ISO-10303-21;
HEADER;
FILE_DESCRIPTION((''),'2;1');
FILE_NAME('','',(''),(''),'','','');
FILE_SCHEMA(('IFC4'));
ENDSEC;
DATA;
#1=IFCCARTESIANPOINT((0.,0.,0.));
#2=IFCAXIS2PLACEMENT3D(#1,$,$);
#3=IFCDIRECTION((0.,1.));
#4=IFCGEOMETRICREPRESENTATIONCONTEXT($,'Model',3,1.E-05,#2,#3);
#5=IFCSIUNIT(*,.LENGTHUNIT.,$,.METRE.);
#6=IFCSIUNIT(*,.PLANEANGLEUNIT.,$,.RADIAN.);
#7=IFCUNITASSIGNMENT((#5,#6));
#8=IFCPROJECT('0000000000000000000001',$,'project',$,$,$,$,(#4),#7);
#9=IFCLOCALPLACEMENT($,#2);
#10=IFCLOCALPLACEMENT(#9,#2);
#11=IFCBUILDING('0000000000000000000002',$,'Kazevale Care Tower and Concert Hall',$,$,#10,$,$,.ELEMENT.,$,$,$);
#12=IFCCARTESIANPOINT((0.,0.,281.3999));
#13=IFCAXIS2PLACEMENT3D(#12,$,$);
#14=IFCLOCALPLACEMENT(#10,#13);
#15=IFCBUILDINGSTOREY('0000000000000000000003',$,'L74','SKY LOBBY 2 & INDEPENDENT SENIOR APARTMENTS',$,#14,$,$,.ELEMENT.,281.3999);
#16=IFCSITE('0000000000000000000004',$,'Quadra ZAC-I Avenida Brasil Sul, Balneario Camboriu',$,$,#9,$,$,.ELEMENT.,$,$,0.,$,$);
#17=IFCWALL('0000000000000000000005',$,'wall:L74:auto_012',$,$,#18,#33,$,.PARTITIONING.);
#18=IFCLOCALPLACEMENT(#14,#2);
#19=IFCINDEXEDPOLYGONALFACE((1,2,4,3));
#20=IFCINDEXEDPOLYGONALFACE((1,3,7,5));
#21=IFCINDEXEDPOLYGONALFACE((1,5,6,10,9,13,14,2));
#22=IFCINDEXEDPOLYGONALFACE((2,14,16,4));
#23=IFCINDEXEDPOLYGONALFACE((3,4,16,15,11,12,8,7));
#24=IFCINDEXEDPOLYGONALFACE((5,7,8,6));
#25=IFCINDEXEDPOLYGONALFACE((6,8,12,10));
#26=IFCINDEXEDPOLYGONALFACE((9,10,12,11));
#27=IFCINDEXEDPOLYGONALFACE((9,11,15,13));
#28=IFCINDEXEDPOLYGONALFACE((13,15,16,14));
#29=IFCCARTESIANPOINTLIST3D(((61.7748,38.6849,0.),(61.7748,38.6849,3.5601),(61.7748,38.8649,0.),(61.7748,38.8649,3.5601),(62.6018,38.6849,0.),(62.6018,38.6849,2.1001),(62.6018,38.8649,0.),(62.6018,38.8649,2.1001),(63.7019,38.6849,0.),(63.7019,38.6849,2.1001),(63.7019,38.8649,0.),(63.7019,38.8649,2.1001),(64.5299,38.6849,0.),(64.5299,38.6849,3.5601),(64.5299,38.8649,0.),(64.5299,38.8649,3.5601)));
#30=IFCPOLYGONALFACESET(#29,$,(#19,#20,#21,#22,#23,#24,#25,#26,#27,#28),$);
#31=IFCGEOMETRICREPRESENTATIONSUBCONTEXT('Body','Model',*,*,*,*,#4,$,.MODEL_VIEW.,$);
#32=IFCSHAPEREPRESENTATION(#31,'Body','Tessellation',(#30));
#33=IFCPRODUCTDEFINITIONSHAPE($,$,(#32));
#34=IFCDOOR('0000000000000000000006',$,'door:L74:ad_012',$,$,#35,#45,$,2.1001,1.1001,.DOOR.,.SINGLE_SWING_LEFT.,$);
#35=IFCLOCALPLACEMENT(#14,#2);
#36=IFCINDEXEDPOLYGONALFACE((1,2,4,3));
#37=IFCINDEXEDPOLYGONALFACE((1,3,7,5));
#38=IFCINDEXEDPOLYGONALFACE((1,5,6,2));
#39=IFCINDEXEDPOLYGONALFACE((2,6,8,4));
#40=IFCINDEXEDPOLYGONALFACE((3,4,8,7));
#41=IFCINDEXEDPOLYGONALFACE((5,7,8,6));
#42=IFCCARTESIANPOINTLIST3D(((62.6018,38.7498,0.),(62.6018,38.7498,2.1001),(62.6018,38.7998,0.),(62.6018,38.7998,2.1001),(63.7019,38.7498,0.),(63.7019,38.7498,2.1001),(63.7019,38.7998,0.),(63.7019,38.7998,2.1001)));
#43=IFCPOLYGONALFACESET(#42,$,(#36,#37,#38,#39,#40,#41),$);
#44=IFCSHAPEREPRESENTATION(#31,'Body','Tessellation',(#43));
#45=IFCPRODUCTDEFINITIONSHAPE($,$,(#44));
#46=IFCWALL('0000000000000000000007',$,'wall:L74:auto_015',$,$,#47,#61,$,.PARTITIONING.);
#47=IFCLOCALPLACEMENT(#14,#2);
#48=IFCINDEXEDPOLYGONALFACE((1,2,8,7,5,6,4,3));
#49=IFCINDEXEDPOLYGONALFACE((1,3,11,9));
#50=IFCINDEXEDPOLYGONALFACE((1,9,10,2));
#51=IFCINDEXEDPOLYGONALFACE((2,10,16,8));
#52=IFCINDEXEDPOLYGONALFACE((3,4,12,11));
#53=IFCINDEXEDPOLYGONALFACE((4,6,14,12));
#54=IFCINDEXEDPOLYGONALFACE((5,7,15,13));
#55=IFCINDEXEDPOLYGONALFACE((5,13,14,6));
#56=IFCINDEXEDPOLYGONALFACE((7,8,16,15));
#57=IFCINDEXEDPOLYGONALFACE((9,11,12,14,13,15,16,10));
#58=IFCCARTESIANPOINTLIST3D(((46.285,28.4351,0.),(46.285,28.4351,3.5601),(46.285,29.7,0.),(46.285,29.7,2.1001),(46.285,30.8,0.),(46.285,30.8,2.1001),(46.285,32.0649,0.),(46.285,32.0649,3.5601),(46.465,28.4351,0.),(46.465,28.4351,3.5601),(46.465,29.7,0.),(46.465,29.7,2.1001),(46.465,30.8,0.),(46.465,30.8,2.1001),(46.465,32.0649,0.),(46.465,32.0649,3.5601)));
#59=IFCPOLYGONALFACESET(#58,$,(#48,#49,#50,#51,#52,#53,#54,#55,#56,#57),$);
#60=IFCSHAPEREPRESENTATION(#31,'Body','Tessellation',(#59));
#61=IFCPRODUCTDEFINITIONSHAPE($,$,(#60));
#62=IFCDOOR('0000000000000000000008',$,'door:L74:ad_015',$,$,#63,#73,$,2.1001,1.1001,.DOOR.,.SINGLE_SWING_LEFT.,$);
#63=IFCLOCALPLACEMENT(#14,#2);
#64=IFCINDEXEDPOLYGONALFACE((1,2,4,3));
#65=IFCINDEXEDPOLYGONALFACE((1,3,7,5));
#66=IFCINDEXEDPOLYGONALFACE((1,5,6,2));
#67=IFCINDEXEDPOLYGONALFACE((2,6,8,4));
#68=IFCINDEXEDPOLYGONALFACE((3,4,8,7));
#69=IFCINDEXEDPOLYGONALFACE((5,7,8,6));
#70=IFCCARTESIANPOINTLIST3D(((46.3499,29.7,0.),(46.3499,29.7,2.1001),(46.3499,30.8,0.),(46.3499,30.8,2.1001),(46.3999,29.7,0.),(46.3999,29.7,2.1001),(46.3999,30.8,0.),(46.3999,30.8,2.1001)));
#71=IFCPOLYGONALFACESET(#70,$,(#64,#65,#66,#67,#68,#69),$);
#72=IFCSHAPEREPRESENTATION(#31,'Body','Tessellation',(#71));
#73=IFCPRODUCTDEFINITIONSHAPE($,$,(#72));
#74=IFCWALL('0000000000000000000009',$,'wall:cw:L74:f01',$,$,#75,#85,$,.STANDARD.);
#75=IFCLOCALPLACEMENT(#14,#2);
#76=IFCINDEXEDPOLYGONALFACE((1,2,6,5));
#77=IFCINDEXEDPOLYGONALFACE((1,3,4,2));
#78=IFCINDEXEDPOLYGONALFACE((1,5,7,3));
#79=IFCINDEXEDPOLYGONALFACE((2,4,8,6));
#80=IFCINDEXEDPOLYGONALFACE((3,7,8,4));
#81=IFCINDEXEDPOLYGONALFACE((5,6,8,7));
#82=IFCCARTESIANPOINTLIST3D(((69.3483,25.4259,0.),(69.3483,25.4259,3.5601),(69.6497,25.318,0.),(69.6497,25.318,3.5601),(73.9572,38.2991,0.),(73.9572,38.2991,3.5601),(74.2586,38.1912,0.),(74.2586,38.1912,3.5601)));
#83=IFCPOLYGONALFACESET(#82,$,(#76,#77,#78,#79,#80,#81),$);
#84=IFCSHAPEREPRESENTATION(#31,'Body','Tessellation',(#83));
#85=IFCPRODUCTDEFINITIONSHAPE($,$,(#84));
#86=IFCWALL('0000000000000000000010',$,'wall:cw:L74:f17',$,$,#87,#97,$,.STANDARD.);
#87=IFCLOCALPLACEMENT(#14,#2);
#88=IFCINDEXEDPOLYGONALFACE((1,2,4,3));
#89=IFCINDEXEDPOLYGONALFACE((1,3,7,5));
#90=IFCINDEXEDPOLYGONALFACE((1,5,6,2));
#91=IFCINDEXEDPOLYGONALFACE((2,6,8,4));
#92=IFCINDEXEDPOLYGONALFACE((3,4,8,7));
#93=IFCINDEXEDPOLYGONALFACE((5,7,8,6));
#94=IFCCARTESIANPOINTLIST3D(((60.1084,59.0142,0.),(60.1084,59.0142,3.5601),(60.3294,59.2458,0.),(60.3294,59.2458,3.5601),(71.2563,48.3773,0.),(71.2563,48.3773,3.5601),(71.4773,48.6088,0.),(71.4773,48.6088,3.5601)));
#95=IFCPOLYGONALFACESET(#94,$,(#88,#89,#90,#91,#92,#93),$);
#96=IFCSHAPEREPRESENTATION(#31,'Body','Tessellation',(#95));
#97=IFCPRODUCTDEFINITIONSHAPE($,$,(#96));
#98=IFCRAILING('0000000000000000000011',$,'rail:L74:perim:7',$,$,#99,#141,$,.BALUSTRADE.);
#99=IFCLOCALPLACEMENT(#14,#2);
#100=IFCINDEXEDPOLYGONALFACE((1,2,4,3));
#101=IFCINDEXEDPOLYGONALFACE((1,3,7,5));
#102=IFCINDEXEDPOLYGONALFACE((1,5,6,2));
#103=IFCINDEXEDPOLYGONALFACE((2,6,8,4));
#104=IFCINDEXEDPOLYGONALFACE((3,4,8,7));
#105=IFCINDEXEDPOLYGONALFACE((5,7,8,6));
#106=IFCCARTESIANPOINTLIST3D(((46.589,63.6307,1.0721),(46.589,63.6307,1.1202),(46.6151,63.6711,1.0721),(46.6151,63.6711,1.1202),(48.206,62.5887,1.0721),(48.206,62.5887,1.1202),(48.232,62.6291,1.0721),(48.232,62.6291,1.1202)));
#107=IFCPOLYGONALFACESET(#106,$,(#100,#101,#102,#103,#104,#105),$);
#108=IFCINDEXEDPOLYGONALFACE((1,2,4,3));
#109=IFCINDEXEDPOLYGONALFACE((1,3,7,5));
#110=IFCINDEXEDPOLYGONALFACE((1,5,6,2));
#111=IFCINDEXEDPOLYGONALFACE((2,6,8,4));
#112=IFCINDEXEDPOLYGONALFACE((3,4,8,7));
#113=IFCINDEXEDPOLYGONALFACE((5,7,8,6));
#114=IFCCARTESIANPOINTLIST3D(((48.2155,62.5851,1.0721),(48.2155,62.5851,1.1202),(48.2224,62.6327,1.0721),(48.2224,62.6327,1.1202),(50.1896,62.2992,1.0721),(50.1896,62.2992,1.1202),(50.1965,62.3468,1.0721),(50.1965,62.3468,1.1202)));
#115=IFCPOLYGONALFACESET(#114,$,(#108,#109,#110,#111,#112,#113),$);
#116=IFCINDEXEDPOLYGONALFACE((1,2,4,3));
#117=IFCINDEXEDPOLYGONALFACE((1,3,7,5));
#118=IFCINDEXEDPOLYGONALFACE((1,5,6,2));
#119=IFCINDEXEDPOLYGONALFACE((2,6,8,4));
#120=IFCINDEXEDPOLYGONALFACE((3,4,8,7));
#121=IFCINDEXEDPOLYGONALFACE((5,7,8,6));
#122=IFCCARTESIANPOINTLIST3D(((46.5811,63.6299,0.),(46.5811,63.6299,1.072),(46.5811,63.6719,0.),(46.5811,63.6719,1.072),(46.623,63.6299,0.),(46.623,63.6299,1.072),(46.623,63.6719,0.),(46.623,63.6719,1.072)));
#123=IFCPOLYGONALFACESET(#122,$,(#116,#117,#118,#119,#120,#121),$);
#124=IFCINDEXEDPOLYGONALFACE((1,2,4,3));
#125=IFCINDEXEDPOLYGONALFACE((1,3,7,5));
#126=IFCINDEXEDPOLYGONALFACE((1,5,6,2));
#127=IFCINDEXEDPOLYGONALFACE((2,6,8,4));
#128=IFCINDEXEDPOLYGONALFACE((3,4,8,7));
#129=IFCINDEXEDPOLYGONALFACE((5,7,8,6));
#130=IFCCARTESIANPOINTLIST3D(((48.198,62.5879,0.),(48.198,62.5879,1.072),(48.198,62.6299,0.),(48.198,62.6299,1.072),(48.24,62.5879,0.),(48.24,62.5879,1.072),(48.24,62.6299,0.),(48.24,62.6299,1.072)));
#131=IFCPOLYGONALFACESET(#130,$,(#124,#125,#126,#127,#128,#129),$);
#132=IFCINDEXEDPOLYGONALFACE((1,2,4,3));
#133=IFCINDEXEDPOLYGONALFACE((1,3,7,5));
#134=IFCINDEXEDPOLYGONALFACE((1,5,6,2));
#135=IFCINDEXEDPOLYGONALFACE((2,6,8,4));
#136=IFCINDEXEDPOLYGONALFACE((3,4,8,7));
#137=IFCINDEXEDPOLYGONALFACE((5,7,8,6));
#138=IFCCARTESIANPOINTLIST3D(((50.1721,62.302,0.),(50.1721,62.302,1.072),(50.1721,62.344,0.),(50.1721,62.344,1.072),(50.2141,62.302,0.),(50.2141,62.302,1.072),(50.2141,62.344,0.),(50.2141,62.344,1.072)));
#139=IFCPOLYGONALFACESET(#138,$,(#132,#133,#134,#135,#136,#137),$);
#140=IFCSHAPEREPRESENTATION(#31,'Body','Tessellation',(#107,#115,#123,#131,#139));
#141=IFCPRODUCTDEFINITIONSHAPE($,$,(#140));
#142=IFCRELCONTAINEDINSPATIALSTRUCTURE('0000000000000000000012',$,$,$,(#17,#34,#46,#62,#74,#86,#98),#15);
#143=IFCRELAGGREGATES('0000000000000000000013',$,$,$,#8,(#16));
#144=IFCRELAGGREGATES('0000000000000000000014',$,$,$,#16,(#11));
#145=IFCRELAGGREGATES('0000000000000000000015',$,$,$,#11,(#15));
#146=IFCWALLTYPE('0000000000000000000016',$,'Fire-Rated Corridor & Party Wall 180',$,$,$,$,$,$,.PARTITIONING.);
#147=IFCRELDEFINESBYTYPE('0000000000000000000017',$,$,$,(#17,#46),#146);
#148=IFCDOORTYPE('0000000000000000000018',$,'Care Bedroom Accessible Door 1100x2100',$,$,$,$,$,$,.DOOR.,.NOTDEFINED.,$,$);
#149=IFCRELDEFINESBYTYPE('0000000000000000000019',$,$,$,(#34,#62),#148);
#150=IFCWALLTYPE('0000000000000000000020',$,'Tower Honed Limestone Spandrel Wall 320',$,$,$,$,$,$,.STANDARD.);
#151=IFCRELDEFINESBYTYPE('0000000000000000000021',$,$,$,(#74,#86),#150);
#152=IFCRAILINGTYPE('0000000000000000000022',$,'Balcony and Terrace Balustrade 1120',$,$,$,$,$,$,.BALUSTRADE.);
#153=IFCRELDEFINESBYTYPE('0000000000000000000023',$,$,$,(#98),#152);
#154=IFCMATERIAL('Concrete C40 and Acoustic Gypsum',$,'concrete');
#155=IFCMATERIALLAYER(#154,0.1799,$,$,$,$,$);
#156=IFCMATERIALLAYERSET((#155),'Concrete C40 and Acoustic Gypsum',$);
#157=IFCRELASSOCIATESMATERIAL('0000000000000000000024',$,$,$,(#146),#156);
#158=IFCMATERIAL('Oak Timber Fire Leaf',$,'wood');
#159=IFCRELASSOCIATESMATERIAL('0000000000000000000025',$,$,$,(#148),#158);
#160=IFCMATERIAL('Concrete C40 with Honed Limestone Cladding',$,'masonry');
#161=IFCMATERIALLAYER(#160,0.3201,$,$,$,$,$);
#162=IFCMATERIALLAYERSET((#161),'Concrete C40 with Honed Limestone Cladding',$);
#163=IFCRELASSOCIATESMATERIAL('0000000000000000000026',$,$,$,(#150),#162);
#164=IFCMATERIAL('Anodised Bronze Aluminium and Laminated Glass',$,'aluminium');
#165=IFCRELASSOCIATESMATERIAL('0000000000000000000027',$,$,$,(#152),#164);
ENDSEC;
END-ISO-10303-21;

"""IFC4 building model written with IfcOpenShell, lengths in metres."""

from ifc_helpers import new_model, si_unit, direction, frame, frame_2d, origin, origin_2d, place, context, subcontext, project, spatial, rectangle, extrude, material, layer, layer_set, type_object, element, fill, save


model = new_model("IFC4")

# Units and contexts
model_context = context("Model", 3, precision=1e-05, world=origin(), true_north=direction((0.0, 1.0)))
body_context = subcontext(model_context, "Body", "Model", "MODEL_VIEW")
ifc_project = project(units=[si_unit("LENGTHUNIT", "METRE"), si_unit("PLANEANGLEUNIT", "RADIAN")], contexts=[model_context])

# Site, building, storey
site_placement = place(None, origin())
site = spatial("IfcSite", under=ifc_project, at=site_placement, Name="Quadra ZAC-I Avenida Brasil Sul, Balneario Camboriu", CompositionType="ELEMENT", RefElevation=0.0)
building_placement = place(site_placement, origin())
building = spatial("IfcBuilding", under=site, at=building_placement, Name="Kazevale Care Tower and Concert Hall", CompositionType="ELEMENT")
storey_placement = place(building_placement, frame((0.0, 0.0, 281.3999)))
storey = spatial("IfcBuildingStorey", under=building, at=storey_placement, Name="L74", Description="SKY LOBBY 2 & INDEPENDENT SENIOR APARTMENTS", CompositionType="ELEMENT", Elevation=281.3999)

# Walls, openings, doors
ifc_material_1 = material(Name="Concrete C40 and Acoustic Gypsum", Category="concrete")
ifc_layer_1 = layer(ifc_material_1, 0.1799)
ifc_layer_set_1 = layer_set([ifc_layer_1], Name="Concrete C40 and Acoustic Gypsum")
wall_type_1 = type_object("IfcWallType", Name="Fire-Rated Corridor & Party Wall 180", PredefinedType="PARTITIONING", material=ifc_layer_set_1)
ifc_material_2 = material(Name="Oak Timber Fire Leaf", Category="wood")
door_type = type_object("IfcDoorType", Name="Care Bedroom Accessible Door 1100x2100", OperationType="NOTDEFINED", PredefinedType="DOOR", material=ifc_material_2)
wall_1_placement = place(storey_placement, frame((61.7749, 38.7749, 0.0), z_axis=(0.0, 0.0, 1.0), x_axis=(1.0, 0.0, 0.0)))
wall_1 = element("IfcWall", 1, at=wall_1_placement, inside=storey, type_object=wall_type_1, Name="wall:L74:auto_012", PredefinedType="PARTITIONING", context=body_context, shape_type="SweptSolid", body=[
    extrude(rectangle(XDim=2.7551, YDim=0.1799, at=frame_2d((1.3774, 0.0))), origin(), (0.0, 0.0, 1.0), 3.5601),
])
opening_1_placement = place(wall_1_placement, frame((0.8269, 0.0, 0.0)))
opening_1 = element("IfcOpeningElement", 2, at=opening_1_placement, cuts=wall_1, PredefinedType="OPENING", context=body_context, shape_type="SweptSolid", body=[
    extrude(rectangle(XDim=1.1001, YDim=2.1001, at=frame_2d((0.55, 1.05))), frame((0.0, 0.0999, 0.0), z_axis=(0.0, -1.0, 0.0), x_axis=(1.0, 0.0, 0.0)), (0.0, 0.0, 1.0), 0.2),
])
door_1_placement = place(opening_1_placement, origin())
door_1 = element("IfcDoor", 3, at=door_1_placement, inside=storey, type_object=door_type, Name="door:L74:ad_012", OperationType="SINGLE_SWING_LEFT", OverallHeight=2.1001, OverallWidth=1.1001, PredefinedType="DOOR", context=body_context, shape_type="SweptSolid", body=[
    extrude(rectangle(XDim=1.1001, YDim=2.1001, at=frame_2d((0.55, 1.05))), frame((0.0, 0.0249, 0.0), z_axis=(0.0, -1.0, 0.0), x_axis=(1.0, 0.0, 0.0)), (0.0, 0.0, 1.0), 0.05),
])
fill(opening_1, door_1)
wall_2_placement = place(storey_placement, frame((46.375, 32.0649, 0.0), z_axis=(0.0, 0.0, 1.0), x_axis=(0.0, -1.0, 0.0)))
wall_2 = element("IfcWall", 4, at=wall_2_placement, inside=storey, type_object=wall_type_1, Name="wall:L74:auto_015", PredefinedType="PARTITIONING", context=body_context, shape_type="SweptSolid", body=[
    extrude(rectangle(XDim=3.6299, YDim=0.1799, at=frame_2d((1.8149, 0.0))), origin(), (0.0, 0.0, 1.0), 3.5601),
])
opening_2_placement = place(wall_2_placement, frame((1.2649, 0.0, 0.0)))
opening_2 = element("IfcOpeningElement", 5, at=opening_2_placement, cuts=wall_2, PredefinedType="OPENING", context=body_context, shape_type="SweptSolid", body=[
    extrude(rectangle(XDim=1.1001, YDim=2.1001, at=frame_2d((0.55, 1.05))), frame((0.0, 0.0999, 0.0), z_axis=(0.0, -1.0, 0.0), x_axis=(1.0, 0.0, 0.0)), (0.0, 0.0, 1.0), 0.2),
])
door_2_placement = place(opening_2_placement, origin())
door_2 = element("IfcDoor", 6, at=door_2_placement, inside=storey, type_object=door_type, Name="door:L74:ad_015", OperationType="SINGLE_SWING_LEFT", OverallHeight=2.1001, OverallWidth=1.1001, PredefinedType="DOOR", context=body_context, shape_type="SweptSolid", body=[
    extrude(rectangle(XDim=1.1001, YDim=2.1001, at=frame_2d((0.55, 1.05))), frame((0.0, 0.0249, 0.0), z_axis=(0.0, -1.0, 0.0), x_axis=(1.0, 0.0, 0.0)), (0.0, 0.0, 1.0), 0.05),
])
fill(opening_2, door_2)

# Walls
ifc_material_3 = material(Name="Concrete C40 with Honed Limestone Cladding", Category="masonry")
ifc_layer_2 = layer(ifc_material_3, 0.3201)
ifc_layer_set_2 = layer_set([ifc_layer_2], Name="Concrete C40 with Honed Limestone Cladding")
wall_type_2 = type_object("IfcWallType", Name="Tower Honed Limestone Spandrel Wall 320", PredefinedType="STANDARD", material=ifc_layer_set_2)
wall_3_placement = place(storey_placement, frame((74.1079, 38.2451, 0.0), z_axis=(0.0, 0.0, 1.0), x_axis=(-0.337074, -0.941478, 0.0)))
element("IfcWall", 7, at=wall_3_placement, inside=storey, type_object=wall_type_2, Name="wall:cw:L74:f01", PredefinedType="STANDARD", context=body_context, shape_type="SweptSolid", body=[
    extrude(rectangle(XDim=13.6733, YDim=0.3201, at=frame_2d((6.8367, 0.0))), origin(), (0.0, 0.0, 1.0), 3.5601),
])
wall_4_placement = place(storey_placement, frame((60.219, 59.1299, 0.0), z_axis=(0.0, 0.0, 1.0), x_axis=(0.723494, -0.690331, 0.0)))
element("IfcWall", 8, at=wall_4_placement, inside=storey, type_object=wall_type_2, Name="wall:cw:L74:f17", PredefinedType="STANDARD", context=body_context, shape_type="SweptSolid", body=[
    extrude(rectangle(XDim=15.4084, YDim=0.3201, at=frame_2d((7.7041, 0.0))), origin(), (0.0, 0.0, 1.0), 3.5601),
])

# Railing
ifc_material_4 = material(Name="Anodised Bronze Aluminium and Laminated Glass", Category="aluminium")
railing_type = type_object("IfcRailingType", Name="Balcony and Terrace Balustrade 1120", PredefinedType="BALUSTRADE", material=ifc_material_4)
railing_1_placement = place(storey_placement, frame((46.6021, 63.6509, 0.0)))
element("IfcRailing", 9, at=railing_1_placement, inside=storey, type_object=railing_type, Name="rail:L74:perim:7", PredefinedType="BALUSTRADE", context=body_context, shape_type="SweptSolid", body=[
    extrude(rectangle(XDim=0.0481, YDim=0.0481, at=origin_2d()), frame((0.0, 0.0, 1.0962), z_axis=(0.84058, -0.541687, 0.0), x_axis=(0.541687, 0.84058, 0.0)), (0.0, 0.0, 1.0), 1.9236),
    extrude(rectangle(XDim=0.0481, YDim=0.0481, at=origin_2d()), frame((1.6169, -1.042, 1.0962), z_axis=(0.989676, -0.143323, 0.0), x_axis=(0.143323, 0.989676, 0.0)), (0.0, 0.0, 1.0), 1.9946),
    extrude(rectangle(XDim=0.042, YDim=0.042, at=origin_2d()), origin(), (0.0, 0.0, 1.0), 1.072),
    extrude(rectangle(XDim=0.042, YDim=0.042, at=origin_2d()), frame((1.6169, -1.042, 0.0)), (0.0, 0.0, 1.0), 1.072),
    extrude(rectangle(XDim=0.042, YDim=0.042, at=origin_2d()), frame((3.5911, -1.3279, 0.0)), (0.0, 0.0, 1.0), 1.072),
])

save(model, "model.ifc")
